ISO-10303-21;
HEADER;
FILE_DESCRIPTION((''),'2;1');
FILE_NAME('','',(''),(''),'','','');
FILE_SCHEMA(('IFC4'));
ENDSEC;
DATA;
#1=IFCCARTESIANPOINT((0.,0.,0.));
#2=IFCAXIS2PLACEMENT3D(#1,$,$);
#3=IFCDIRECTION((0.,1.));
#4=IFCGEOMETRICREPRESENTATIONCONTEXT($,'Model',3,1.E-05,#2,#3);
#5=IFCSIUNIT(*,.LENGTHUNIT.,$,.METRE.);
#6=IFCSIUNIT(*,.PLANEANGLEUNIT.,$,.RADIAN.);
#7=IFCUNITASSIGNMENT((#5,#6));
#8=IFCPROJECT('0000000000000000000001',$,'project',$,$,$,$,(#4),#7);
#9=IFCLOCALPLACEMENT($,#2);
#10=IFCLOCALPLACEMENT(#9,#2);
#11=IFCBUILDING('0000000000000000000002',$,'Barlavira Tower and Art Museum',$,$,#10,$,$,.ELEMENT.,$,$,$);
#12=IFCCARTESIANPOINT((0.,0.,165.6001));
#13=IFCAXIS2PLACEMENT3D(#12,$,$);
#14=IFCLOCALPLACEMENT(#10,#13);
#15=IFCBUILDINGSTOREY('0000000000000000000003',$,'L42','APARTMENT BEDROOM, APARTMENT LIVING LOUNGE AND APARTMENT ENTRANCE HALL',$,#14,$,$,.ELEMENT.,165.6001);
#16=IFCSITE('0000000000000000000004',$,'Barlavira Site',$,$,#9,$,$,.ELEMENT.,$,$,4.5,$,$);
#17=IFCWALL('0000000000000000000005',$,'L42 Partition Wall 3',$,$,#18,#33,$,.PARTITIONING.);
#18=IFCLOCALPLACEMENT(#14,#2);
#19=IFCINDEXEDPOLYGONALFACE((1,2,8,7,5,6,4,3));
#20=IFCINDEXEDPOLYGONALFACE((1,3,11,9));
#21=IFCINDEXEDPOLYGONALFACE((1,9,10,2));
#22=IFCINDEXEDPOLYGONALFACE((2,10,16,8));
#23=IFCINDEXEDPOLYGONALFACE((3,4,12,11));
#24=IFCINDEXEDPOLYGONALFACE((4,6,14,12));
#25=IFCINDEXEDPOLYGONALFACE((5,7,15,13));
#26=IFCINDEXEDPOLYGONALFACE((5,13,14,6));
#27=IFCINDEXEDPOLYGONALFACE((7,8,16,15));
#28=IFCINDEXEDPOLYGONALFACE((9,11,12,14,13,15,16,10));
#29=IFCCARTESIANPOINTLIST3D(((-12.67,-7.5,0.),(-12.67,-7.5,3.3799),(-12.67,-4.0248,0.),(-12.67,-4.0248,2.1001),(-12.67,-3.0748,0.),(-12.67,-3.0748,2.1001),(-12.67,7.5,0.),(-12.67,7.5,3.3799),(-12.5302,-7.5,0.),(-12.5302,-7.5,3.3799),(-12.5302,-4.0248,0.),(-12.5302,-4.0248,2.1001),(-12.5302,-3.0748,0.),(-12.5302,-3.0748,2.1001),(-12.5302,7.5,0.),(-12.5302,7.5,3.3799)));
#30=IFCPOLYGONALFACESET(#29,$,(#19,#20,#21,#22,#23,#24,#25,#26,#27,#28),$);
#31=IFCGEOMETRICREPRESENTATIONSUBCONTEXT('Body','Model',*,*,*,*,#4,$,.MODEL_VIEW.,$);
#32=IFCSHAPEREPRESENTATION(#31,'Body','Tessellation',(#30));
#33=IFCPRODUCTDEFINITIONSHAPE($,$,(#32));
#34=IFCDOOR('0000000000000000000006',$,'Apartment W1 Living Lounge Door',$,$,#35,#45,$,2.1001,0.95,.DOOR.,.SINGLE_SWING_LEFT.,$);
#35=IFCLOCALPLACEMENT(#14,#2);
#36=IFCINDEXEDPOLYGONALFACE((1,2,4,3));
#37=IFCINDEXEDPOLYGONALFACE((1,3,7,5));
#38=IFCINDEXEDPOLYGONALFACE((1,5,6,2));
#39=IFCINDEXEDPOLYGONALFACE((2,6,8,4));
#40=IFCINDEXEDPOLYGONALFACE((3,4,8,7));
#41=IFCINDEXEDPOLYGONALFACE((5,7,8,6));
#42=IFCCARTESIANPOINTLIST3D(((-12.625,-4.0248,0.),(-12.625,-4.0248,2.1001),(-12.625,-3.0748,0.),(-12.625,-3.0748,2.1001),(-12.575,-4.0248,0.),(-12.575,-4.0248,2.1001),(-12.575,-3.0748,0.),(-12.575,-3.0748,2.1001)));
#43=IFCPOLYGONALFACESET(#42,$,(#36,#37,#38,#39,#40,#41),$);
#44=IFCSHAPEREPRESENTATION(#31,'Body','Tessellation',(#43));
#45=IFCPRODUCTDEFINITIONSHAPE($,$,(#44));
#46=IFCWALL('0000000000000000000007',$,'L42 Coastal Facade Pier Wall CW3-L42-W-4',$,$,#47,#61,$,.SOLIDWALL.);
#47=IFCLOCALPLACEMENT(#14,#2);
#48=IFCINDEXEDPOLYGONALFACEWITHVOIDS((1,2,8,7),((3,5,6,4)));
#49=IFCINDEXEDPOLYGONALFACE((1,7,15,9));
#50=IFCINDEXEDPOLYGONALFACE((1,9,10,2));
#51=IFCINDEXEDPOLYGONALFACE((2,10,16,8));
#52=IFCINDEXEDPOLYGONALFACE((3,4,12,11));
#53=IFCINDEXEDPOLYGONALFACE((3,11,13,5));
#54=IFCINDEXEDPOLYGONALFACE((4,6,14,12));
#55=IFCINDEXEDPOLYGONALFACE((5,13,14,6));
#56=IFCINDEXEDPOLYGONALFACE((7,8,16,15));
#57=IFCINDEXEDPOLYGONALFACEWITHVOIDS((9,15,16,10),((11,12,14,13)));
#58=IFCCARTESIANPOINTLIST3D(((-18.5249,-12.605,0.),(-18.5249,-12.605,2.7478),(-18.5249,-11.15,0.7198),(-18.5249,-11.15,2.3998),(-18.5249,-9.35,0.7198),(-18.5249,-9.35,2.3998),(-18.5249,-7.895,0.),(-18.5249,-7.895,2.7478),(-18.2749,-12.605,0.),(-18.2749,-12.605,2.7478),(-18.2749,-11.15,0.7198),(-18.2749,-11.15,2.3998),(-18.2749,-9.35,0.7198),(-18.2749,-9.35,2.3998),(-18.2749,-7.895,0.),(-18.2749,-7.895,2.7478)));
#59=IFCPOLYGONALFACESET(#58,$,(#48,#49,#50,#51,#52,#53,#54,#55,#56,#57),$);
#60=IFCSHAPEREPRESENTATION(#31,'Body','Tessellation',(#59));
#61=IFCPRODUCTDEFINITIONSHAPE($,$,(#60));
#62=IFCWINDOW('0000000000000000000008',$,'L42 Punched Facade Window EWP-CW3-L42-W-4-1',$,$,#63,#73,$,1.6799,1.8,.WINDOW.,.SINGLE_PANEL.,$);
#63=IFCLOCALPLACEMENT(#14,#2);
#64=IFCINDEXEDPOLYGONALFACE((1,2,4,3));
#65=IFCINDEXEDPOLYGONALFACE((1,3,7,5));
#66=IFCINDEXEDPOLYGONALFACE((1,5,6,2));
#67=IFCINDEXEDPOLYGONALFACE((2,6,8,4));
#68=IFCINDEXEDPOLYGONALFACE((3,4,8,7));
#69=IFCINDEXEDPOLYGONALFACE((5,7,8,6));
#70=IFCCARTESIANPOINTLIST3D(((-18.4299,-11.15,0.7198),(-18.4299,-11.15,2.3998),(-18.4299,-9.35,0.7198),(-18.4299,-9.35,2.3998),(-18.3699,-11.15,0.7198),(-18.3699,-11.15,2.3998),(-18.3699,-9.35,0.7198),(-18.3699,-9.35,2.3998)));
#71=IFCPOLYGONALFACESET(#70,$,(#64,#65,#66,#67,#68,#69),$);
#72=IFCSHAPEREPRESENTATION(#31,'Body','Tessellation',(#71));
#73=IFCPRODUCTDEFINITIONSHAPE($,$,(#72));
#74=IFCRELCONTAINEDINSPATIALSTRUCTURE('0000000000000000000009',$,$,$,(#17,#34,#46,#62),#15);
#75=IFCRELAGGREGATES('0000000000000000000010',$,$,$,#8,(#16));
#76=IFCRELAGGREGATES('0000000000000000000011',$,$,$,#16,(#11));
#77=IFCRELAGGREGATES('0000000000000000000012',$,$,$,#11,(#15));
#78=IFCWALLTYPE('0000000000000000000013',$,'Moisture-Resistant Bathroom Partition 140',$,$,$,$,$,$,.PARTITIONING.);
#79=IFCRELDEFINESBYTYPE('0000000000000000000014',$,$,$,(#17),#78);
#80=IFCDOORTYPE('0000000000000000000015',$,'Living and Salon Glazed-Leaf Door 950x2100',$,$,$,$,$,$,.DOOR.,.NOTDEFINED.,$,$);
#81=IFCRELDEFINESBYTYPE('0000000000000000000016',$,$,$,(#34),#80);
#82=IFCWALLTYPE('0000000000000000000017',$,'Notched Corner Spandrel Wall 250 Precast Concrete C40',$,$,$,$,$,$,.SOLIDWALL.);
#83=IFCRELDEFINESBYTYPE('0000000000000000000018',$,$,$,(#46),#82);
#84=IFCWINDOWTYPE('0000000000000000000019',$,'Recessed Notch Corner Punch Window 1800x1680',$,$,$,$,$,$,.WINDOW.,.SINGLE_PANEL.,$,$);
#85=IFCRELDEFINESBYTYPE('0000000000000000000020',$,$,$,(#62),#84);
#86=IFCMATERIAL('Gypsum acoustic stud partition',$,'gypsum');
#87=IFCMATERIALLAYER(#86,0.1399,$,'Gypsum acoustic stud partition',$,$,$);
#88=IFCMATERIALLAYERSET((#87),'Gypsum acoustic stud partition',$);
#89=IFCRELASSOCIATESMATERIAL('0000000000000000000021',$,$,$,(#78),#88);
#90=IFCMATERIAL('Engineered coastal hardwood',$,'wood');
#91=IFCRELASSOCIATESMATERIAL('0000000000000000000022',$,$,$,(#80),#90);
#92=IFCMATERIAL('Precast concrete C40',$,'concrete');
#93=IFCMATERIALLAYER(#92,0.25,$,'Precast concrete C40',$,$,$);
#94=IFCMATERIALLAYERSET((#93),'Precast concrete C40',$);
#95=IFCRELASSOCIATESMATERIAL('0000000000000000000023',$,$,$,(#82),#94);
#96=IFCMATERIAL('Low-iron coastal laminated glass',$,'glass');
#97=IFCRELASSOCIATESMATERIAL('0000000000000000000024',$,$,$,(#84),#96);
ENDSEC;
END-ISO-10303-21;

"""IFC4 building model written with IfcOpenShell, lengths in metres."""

from ifc_helpers import new_model, si_unit, direction, frame, frame_2d, origin, place, context, subcontext, project, spatial, rectangle, extrude, material, layer, layer_set, type_object, element, fill, save


model = new_model("IFC4")

# Units and contexts
model_context = context("Model", 3, precision=1e-05, world=origin(), true_north=direction((0.0, 1.0)))
body_context = subcontext(model_context, "Body", "Model", "MODEL_VIEW")
ifc_project = project(units=[si_unit("LENGTHUNIT", "METRE"), si_unit("PLANEANGLEUNIT", "RADIAN")], contexts=[model_context])

# Site, building, storey
site_placement = place(None, origin())
site = spatial("IfcSite", under=ifc_project, at=site_placement, Name="Barlavira Site", CompositionType="ELEMENT", RefElevation=4.5)
building_placement = place(site_placement, origin())
building = spatial("IfcBuilding", under=site, at=building_placement, Name="Barlavira Tower and Art Museum", CompositionType="ELEMENT")
storey_placement = place(building_placement, frame((0.0, 0.0, 165.6001)))
storey = spatial("IfcBuildingStorey", under=building, at=storey_placement, Name="L42", Description="APARTMENT BEDROOM, APARTMENT LIVING LOUNGE AND APARTMENT ENTRANCE HALL", CompositionType="ELEMENT", Elevation=165.6001)

# Shared definitions
ifc_material_1 = material(Name="Low-iron coastal laminated glass", Category="glass")

# Shared definitions
ifc_material_2 = material(Name="Gypsum acoustic stud partition", Category="gypsum")

# Wall, opening, door
ifc_layer_1 = layer(ifc_material_2, 0.1399, Name="Gypsum acoustic stud partition")
ifc_layer_set_1 = layer_set([ifc_layer_1], Name="Gypsum acoustic stud partition")
wall_type_1 = type_object("IfcWallType", Name="Moisture-Resistant Bathroom Partition 140", PredefinedType="PARTITIONING", material=ifc_layer_set_1)
wall_1_placement = place(storey_placement, frame((-12.6001, -7.5, 0.0), z_axis=(0.0, 0.0, 1.0), x_axis=(0.0, 1.0, 0.0)))
wall_1 = element("IfcWall", 1, at=wall_1_placement, inside=storey, type_object=wall_type_1, Name="L42 Partition Wall 3", PredefinedType="PARTITIONING", context=body_context, shape_type="SweptSolid", body=[
    extrude(rectangle(XDim=15.0, YDim=0.1399, at=frame_2d((7.5, 0.0))), origin(), (0.0, 0.0, 1.0), 3.3799),
])
opening_1_placement = place(wall_1_placement, frame((3.4751, 0.0, 0.0)))
opening_1 = element("IfcOpeningElement", 2, at=opening_1_placement, cuts=wall_1, PredefinedType="OPENING", context=body_context, shape_type="SweptSolid", body=[
    extrude(rectangle(XDim=0.95, YDim=2.1001, at=frame_2d((0.4751, 1.05))), frame((0.0, 0.0801, 0.0), z_axis=(0.0, -1.0, 0.0), x_axis=(1.0, 0.0, 0.0)), (0.0, 0.0, 1.0), 0.1599),
])
ifc_material_3 = material(Name="Engineered coastal hardwood", Category="wood")
door_type = type_object("IfcDoorType", Name="Living and Salon Glazed-Leaf Door 950x2100", OperationType="NOTDEFINED", PredefinedType="DOOR", material=ifc_material_3)
door_placement = place(opening_1_placement, origin())
door = element("IfcDoor", 3, at=door_placement, inside=storey, type_object=door_type, Name="Apartment W1 Living Lounge Door", OperationType="SINGLE_SWING_LEFT", OverallHeight=2.1001, OverallWidth=0.95, PredefinedType="DOOR", context=body_context, shape_type="SweptSolid", body=[
    extrude(rectangle(XDim=0.95, YDim=2.1001, at=frame_2d((0.4751, 1.05))), frame((0.0, 0.0249, 0.0), z_axis=(0.0, -1.0, 0.0), x_axis=(1.0, 0.0, 0.0)), (0.0, 0.0, 1.0), 0.05),
])
fill(opening_1, door)

# Wall, opening, window
ifc_material_4 = material(Name="Precast concrete C40", Category="concrete")
ifc_layer_2 = layer(ifc_material_4, 0.25, Name="Precast concrete C40")
ifc_layer_set_2 = layer_set([ifc_layer_2], Name="Precast concrete C40")
wall_type_2 = type_object("IfcWallType", Name="Notched Corner Spandrel Wall 250 Precast Concrete C40", PredefinedType="SOLIDWALL", material=ifc_layer_set_2)
wall_2_placement = place(storey_placement, frame((-18.3999, -7.895, 0.0), z_axis=(0.0, 0.0, 1.0), x_axis=(0.0, -1.0, 0.0)))
wall_2 = element("IfcWall", 4, at=wall_2_placement, inside=storey, type_object=wall_type_2, Name="L42 Coastal Facade Pier Wall CW3-L42-W-4", PredefinedType="SOLIDWALL", context=body_context, shape_type="SweptSolid", body=[
    extrude(rectangle(XDim=4.71, YDim=0.25, at=frame_2d((2.355, 0.0))), origin(), (0.0, 0.0, 1.0), 2.7478),
])
opening_2_placement = place(wall_2_placement, frame((1.4551, 0.0, 0.72)))
opening_2 = element("IfcOpeningElement", 5, at=opening_2_placement, cuts=wall_2, PredefinedType="OPENING", context=body_context, shape_type="SweptSolid", body=[
    extrude(rectangle(XDim=1.8, YDim=1.6799, at=frame_2d((0.8999, 0.8398))), frame((0.0, 0.135, 0.0), z_axis=(0.0, -1.0, 0.0), x_axis=(1.0, 0.0, 0.0)), (0.0, 0.0, 1.0), 0.27),
])
window_type = type_object("IfcWindowType", Name="Recessed Notch Corner Punch Window 1800x1680", PartitioningType="SINGLE_PANEL", PredefinedType="WINDOW", material=ifc_material_1)
window_placement = place(opening_2_placement, origin())
window = element("IfcWindow", 6, at=window_placement, inside=storey, type_object=window_type, Name="L42 Punched Facade Window EWP-CW3-L42-W-4-1", OverallHeight=1.6799, OverallWidth=1.8, PartitioningType="SINGLE_PANEL", PredefinedType="WINDOW", context=body_context, shape_type="SweptSolid", body=[
    extrude(rectangle(XDim=1.8, YDim=1.6799, at=frame_2d((0.8999, 0.8398))), frame((0.0, 0.03, 0.0), z_axis=(0.0, -1.0, 0.0), x_axis=(1.0, 0.0, 0.0)), (0.0, 0.0, 1.0), 0.0601),
])
fill(opening_2, window)

save(model, "model.ifc")
